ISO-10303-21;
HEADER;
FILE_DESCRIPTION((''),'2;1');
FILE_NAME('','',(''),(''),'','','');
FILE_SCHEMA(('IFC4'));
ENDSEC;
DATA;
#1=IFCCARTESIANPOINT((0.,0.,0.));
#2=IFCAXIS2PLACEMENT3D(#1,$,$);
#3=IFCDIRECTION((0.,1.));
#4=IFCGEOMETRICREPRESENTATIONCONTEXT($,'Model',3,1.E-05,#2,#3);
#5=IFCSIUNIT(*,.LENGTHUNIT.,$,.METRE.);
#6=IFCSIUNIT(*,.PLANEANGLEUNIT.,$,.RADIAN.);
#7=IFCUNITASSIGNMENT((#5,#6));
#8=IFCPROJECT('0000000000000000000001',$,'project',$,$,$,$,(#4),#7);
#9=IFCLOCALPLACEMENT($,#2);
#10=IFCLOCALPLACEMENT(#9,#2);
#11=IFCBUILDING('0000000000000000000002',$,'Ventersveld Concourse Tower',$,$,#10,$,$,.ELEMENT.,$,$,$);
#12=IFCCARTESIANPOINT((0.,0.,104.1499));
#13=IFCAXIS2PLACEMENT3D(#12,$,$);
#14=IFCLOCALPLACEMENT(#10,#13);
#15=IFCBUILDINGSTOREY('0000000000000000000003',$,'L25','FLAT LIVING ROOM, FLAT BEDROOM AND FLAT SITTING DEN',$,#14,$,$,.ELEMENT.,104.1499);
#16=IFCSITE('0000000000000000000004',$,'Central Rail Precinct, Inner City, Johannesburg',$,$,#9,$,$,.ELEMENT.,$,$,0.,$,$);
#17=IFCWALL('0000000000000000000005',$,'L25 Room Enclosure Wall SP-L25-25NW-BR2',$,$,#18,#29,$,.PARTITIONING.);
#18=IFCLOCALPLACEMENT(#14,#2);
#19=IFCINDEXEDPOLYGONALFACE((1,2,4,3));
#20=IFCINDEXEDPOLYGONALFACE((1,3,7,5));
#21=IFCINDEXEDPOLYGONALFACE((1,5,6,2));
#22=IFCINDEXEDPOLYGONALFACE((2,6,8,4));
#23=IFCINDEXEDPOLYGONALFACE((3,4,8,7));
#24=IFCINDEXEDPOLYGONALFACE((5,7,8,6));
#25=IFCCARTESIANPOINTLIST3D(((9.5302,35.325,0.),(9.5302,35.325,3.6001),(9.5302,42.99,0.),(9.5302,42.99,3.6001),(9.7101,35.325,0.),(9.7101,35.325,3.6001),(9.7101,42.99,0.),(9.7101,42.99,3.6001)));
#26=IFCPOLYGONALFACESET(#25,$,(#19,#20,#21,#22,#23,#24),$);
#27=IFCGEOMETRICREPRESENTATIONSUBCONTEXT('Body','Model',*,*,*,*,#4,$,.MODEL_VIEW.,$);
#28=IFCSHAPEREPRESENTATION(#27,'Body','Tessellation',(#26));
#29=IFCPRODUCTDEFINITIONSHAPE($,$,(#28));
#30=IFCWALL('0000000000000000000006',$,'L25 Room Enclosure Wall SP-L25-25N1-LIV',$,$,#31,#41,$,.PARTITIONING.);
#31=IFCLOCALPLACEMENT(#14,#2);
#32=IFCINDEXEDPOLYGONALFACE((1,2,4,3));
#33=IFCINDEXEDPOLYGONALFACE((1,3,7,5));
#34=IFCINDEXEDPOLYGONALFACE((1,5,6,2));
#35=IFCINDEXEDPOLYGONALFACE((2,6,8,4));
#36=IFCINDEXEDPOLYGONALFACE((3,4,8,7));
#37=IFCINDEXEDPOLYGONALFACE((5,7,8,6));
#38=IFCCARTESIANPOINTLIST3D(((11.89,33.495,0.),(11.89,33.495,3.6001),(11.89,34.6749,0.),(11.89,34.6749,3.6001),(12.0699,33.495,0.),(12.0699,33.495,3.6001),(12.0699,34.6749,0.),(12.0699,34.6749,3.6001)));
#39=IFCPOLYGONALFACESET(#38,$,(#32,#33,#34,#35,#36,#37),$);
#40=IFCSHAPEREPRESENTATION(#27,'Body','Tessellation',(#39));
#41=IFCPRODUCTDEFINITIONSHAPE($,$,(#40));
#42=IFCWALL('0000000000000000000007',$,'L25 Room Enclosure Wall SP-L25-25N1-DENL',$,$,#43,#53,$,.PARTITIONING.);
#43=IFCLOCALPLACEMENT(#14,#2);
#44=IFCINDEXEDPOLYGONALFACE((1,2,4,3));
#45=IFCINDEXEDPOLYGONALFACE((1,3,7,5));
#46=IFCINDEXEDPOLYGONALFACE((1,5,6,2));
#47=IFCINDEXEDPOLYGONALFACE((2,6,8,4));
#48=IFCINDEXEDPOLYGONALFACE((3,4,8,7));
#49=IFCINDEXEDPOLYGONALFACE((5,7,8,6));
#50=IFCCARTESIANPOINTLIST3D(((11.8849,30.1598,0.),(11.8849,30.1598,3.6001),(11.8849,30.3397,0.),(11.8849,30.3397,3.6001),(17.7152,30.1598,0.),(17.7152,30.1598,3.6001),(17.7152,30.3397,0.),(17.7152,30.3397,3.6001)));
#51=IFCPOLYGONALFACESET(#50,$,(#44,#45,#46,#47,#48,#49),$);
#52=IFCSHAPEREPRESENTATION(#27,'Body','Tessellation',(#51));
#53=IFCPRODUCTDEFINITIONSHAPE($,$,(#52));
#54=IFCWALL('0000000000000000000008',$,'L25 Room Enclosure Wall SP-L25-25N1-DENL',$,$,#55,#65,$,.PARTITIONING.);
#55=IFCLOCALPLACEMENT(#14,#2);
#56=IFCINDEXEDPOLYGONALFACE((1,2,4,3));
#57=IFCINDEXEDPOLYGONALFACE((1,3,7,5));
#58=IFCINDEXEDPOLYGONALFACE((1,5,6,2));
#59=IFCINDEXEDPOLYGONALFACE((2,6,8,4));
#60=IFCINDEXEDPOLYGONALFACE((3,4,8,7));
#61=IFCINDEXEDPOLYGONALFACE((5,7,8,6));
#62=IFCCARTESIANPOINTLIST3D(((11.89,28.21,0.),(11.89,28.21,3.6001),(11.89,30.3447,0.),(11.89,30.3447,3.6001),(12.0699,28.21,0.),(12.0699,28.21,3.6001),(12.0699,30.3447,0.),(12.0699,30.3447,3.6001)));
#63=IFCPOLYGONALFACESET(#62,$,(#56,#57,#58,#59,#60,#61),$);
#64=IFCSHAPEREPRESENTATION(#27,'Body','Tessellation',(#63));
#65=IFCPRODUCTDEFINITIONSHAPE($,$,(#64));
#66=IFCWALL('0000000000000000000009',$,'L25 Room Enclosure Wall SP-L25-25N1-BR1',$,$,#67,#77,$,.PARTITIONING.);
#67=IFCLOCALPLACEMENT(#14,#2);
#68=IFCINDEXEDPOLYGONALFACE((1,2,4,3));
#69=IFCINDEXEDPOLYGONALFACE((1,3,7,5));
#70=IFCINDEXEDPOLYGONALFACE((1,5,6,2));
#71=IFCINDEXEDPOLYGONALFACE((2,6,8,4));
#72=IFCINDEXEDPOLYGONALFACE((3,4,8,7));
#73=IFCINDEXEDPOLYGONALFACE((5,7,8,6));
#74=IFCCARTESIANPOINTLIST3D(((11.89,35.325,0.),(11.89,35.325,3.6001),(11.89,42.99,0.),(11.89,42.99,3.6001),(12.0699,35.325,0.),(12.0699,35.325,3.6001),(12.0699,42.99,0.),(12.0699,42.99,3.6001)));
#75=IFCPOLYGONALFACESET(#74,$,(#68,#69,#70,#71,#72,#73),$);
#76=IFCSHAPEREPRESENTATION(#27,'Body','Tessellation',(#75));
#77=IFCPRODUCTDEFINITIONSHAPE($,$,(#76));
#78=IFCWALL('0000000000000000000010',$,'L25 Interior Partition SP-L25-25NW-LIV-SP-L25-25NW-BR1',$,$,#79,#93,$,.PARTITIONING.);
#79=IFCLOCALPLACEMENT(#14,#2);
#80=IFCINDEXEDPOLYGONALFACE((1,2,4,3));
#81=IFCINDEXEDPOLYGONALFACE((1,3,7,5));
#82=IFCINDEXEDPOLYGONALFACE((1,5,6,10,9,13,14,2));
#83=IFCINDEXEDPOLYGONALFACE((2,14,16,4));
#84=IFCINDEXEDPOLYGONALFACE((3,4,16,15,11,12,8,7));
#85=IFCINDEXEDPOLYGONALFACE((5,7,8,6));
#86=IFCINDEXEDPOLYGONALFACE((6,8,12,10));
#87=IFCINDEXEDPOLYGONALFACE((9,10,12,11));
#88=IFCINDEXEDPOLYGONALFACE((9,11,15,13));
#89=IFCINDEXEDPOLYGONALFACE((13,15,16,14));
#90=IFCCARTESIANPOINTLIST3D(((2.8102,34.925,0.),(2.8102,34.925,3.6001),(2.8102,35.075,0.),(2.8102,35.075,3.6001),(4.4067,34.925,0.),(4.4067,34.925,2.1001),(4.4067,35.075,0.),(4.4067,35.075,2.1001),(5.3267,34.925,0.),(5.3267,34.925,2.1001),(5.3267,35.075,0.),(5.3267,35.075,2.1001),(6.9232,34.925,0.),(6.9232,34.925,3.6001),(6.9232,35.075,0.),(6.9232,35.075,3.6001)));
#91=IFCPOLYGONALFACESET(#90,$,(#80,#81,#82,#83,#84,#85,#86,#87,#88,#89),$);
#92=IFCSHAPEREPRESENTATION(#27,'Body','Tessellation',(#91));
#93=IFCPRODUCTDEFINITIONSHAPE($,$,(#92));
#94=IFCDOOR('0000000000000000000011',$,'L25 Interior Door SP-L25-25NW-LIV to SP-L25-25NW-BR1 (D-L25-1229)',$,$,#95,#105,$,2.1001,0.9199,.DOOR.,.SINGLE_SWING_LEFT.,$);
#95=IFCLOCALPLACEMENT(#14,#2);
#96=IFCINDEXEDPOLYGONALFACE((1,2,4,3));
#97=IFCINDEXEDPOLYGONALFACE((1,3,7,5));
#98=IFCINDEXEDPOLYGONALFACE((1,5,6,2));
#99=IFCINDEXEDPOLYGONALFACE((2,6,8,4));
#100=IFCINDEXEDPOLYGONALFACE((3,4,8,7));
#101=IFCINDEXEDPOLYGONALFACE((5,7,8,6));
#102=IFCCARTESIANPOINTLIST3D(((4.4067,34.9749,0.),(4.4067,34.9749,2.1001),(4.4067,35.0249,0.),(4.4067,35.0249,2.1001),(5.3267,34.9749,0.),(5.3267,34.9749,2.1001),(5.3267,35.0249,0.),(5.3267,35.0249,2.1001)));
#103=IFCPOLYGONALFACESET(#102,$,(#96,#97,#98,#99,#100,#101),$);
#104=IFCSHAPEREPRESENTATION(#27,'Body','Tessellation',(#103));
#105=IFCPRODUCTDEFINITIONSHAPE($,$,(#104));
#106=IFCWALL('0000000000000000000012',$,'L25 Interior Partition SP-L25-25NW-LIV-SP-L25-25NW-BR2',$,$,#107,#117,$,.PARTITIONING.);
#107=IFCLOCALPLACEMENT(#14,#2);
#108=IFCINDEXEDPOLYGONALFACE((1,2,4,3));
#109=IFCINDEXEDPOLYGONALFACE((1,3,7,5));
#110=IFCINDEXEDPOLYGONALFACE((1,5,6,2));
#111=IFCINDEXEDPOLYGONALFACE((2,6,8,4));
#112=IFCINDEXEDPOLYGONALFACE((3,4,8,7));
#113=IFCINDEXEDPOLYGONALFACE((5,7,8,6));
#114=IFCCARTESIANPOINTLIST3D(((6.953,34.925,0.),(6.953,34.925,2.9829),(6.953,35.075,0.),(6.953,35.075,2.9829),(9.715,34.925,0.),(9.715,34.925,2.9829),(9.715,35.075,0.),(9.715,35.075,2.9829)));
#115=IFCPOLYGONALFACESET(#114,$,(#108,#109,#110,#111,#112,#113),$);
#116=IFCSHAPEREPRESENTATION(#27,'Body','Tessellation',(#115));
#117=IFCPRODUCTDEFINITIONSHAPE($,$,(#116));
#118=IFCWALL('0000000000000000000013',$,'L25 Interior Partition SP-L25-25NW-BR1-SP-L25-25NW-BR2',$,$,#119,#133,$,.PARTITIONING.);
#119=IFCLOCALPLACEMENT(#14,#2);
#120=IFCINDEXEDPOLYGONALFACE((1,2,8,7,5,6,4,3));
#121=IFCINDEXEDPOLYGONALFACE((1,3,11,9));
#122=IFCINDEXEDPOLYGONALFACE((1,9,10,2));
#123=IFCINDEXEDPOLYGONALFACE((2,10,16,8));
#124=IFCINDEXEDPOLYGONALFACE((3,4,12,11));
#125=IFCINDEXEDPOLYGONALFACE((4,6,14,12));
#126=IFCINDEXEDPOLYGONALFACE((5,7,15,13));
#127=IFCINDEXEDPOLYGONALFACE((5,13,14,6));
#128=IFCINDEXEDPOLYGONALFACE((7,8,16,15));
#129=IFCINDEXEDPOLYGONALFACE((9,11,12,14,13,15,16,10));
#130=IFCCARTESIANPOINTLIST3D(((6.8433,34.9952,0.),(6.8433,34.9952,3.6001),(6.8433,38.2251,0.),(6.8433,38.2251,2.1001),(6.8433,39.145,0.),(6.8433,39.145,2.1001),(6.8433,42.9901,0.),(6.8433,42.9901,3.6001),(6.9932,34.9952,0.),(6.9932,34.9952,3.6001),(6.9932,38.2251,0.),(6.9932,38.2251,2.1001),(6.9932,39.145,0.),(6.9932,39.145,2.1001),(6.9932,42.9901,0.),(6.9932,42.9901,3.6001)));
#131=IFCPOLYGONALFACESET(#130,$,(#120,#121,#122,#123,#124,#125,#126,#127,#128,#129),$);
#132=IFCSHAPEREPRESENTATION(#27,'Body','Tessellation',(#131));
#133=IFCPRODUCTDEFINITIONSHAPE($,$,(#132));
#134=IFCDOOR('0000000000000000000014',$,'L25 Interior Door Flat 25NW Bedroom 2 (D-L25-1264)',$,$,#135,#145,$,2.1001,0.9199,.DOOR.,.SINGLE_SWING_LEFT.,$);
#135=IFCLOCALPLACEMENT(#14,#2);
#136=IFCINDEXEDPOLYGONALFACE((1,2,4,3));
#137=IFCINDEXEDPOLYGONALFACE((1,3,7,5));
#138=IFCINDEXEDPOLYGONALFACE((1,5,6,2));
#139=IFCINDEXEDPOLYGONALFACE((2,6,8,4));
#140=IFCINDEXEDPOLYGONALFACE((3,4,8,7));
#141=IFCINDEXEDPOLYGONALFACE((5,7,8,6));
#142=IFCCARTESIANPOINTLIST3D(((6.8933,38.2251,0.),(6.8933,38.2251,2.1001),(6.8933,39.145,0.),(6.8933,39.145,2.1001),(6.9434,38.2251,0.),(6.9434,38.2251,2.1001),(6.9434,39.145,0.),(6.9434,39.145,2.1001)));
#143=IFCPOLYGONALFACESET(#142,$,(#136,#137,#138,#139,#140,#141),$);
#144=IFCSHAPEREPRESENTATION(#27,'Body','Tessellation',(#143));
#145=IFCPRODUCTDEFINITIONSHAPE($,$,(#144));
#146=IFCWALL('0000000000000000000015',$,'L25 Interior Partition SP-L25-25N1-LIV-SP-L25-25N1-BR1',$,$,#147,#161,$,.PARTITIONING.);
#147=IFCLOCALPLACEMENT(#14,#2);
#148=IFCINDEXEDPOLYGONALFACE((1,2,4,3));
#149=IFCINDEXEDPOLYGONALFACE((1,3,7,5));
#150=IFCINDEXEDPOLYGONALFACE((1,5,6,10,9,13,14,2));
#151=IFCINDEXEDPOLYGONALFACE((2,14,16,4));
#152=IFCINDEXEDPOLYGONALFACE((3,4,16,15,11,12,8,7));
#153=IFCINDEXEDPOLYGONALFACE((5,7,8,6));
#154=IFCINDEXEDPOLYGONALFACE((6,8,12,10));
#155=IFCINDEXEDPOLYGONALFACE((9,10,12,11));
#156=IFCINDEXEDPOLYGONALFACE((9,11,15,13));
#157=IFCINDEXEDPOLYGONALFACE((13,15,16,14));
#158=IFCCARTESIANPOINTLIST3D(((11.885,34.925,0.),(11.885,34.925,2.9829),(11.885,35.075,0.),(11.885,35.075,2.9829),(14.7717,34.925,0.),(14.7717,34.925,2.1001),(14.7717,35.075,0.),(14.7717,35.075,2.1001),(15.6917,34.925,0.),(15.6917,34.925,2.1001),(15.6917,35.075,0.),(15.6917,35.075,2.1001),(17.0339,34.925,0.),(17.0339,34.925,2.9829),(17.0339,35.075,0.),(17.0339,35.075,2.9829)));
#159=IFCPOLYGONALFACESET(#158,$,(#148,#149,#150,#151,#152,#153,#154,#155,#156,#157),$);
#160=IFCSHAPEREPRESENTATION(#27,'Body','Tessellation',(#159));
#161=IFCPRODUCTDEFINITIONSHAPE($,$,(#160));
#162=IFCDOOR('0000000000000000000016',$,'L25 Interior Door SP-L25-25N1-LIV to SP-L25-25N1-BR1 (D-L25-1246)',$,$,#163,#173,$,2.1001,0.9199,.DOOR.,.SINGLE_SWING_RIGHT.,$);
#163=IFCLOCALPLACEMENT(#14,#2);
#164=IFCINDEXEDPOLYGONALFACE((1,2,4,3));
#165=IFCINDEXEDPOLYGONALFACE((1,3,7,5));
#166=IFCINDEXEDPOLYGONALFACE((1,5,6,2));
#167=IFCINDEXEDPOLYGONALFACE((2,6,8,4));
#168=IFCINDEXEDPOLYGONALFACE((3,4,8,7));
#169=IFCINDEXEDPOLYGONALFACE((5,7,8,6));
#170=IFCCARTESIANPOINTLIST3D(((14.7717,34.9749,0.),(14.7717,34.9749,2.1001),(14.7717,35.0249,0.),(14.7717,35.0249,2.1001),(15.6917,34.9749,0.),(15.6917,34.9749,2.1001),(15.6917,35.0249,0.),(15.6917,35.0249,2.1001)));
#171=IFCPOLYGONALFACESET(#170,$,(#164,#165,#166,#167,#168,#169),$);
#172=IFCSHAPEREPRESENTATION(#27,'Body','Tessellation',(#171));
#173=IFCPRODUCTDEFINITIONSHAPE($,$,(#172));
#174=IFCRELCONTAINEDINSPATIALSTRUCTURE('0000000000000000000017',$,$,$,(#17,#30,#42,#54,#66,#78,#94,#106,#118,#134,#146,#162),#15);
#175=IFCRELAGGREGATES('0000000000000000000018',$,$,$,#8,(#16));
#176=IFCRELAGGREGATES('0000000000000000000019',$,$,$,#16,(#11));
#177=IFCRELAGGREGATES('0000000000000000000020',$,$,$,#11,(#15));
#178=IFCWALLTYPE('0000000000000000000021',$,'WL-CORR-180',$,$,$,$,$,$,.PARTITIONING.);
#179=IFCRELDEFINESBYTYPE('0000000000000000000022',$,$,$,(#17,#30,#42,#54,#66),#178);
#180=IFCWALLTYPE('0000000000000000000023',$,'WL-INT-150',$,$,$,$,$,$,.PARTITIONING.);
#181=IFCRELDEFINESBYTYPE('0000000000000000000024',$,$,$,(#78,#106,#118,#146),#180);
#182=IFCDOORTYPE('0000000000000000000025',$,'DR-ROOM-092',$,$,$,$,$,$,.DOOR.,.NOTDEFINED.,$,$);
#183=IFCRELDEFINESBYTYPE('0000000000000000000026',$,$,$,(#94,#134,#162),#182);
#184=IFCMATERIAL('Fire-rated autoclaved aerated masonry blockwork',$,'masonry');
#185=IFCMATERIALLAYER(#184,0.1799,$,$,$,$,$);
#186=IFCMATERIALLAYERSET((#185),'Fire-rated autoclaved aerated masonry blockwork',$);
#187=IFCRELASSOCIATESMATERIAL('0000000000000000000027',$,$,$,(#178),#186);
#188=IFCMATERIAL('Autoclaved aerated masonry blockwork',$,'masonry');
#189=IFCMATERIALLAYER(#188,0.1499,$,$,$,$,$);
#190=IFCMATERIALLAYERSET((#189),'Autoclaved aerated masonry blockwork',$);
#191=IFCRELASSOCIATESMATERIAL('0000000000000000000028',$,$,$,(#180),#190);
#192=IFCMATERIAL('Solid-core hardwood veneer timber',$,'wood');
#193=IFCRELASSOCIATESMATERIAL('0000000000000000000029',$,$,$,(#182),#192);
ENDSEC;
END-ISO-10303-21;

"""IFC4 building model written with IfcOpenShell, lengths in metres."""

from ifc_helpers import new_model, si_unit, direction, frame, frame_2d, origin, place, context, subcontext, project, spatial, rectangle, extrude, material, layer, layer_set, type_object, element, fill, save


model = new_model("IFC4")

# Units and contexts
model_context = context("Model", 3, precision=1e-05, world=origin(), true_north=direction((0.0, 1.0)))
body_context = subcontext(model_context, "Body", "Model", "MODEL_VIEW")
ifc_project = project(units=[si_unit("LENGTHUNIT", "METRE"), si_unit("PLANEANGLEUNIT", "RADIAN")], contexts=[model_context])

# Site, building, storey
site_placement = place(None, origin())
site = spatial("IfcSite", under=ifc_project, at=site_placement, Name="Central Rail Precinct, Inner City, Johannesburg", CompositionType="ELEMENT", RefElevation=0.0)
building_placement = place(site_placement, origin())
building = spatial("IfcBuilding", under=site, at=building_placement, Name="Ventersveld Concourse Tower", CompositionType="ELEMENT")
storey_placement = place(building_placement, frame((0.0, 0.0, 104.1499)))
storey = spatial("IfcBuildingStorey", under=building, at=storey_placement, Name="L25", Description="FLAT LIVING ROOM, FLAT BEDROOM AND FLAT SITTING DEN", CompositionType="ELEMENT", Elevation=104.1499)

# Walls
ifc_material_1 = material(Name="Fire-rated autoclaved aerated masonry blockwork", Category="masonry")
ifc_layer_1 = layer(ifc_material_1, 0.1799)
ifc_layer_set_1 = layer_set([ifc_layer_1], Name="Fire-rated autoclaved aerated masonry blockwork")
wall_type_1 = type_object("IfcWallType", Name="WL-CORR-180", PredefinedType="PARTITIONING", material=ifc_layer_set_1)
wall_1_placement = place(storey_placement, frame((9.6201, 42.99, 0.0), z_axis=(0.0, 0.0, 1.0), x_axis=(0.0, -1.0, 0.0)))
element("IfcWall", 1, at=wall_1_placement, inside=storey, type_object=wall_type_1, Name="L25 Room Enclosure Wall SP-L25-25NW-BR2", PredefinedType="PARTITIONING", context=body_context, shape_type="SweptSolid", body=[
    extrude(rectangle(XDim=7.665, YDim=0.1799, at=frame_2d((3.8325, 0.0))), origin(), (0.0, 0.0, 1.0), 3.6001),
])
wall_2_placement = place(storey_placement, frame((11.98, 33.4951, 0.0), z_axis=(0.0, 0.0, 1.0), x_axis=(0.0, 1.0, 0.0)))
element("IfcWall", 2, at=wall_2_placement, inside=storey, type_object=wall_type_1, Name="L25 Room Enclosure Wall SP-L25-25N1-LIV", PredefinedType="PARTITIONING", context=body_context, shape_type="SweptSolid", body=[
    extrude(rectangle(XDim=1.1799, YDim=0.1799, at=frame_2d((0.5898, 0.0))), origin(), (0.0, 0.0, 1.0), 3.6001),
])
wall_3_placement = place(storey_placement, frame((11.885, 30.2498, 0.0), z_axis=(0.0, 0.0, 1.0), x_axis=(1.0, 0.0, 0.0)))
element("IfcWall", 3, at=wall_3_placement, inside=storey, type_object=wall_type_1, Name="L25 Room Enclosure Wall SP-L25-25N1-DENL", PredefinedType="PARTITIONING", context=body_context, shape_type="SweptSolid", body=[
    extrude(rectangle(XDim=5.8303, YDim=0.1799, at=frame_2d((2.915, 0.0))), origin(), (0.0, 0.0, 1.0), 3.6001),
])
wall_4_placement = place(storey_placement, frame((11.98, 28.21, 0.0), z_axis=(0.0, 0.0, 1.0), x_axis=(0.0, 1.0, 0.0)))
element("IfcWall", 4, at=wall_4_placement, inside=storey, type_object=wall_type_1, Name="L25 Room Enclosure Wall SP-L25-25N1-DENL", PredefinedType="PARTITIONING", context=body_context, shape_type="SweptSolid", body=[
    extrude(rectangle(XDim=2.1348, YDim=0.1799, at=frame_2d((1.0674, 0.0))), origin(), (0.0, 0.0, 1.0), 3.6001),
])
wall_5_placement = place(storey_placement, frame((11.98, 35.325, 0.0), z_axis=(0.0, 0.0, 1.0), x_axis=(0.0, 1.0, 0.0)))
element("IfcWall", 5, at=wall_5_placement, inside=storey, type_object=wall_type_1, Name="L25 Room Enclosure Wall SP-L25-25N1-BR1", PredefinedType="PARTITIONING", context=body_context, shape_type="SweptSolid", body=[
    extrude(rectangle(XDim=7.665, YDim=0.1799, at=frame_2d((3.8325, 0.0))), origin(), (0.0, 0.0, 1.0), 3.6001),
])

# Wall, opening, door
ifc_material_2 = material(Name="Autoclaved aerated masonry blockwork", Category="masonry")
ifc_layer_2 = layer(ifc_material_2, 0.1499)
ifc_layer_set_2 = layer_set([ifc_layer_2], Name="Autoclaved aerated masonry blockwork")
wall_type_2 = type_object("IfcWallType", Name="WL-INT-150", PredefinedType="PARTITIONING", material=ifc_layer_set_2)
wall_6_placement = place(storey_placement, frame((2.8101, 35.0, 0.0), z_axis=(0.0, 0.0, 1.0), x_axis=(1.0, 0.0, 0.0)))
wall_6 = element("IfcWall", 6, at=wall_6_placement, inside=storey, type_object=wall_type_2, Name="L25 Interior Partition SP-L25-25NW-LIV-SP-L25-25NW-BR1", PredefinedType="PARTITIONING", context=body_context, shape_type="SweptSolid", body=[
    extrude(rectangle(XDim=4.113, YDim=0.1499, at=frame_2d((2.0566, 0.0))), origin(), (0.0, 0.0, 1.0), 3.6001),
])
opening_1_placement = place(wall_6_placement, frame((1.5967, 0.0, 0.0)))
opening_1 = element("IfcOpeningElement", 7, at=opening_1_placement, cuts=wall_6, PredefinedType="OPENING", context=body_context, shape_type="SweptSolid", body=[
    extrude(rectangle(XDim=0.9199, YDim=2.1001, at=frame_2d((0.46, 1.05))), frame((0.0, 0.085, 0.0), z_axis=(0.0, -1.0, 0.0), x_axis=(1.0, 0.0, 0.0)), (0.0, 0.0, 1.0), 0.1699),
])
ifc_material_3 = material(Name="Solid-core hardwood veneer timber", Category="wood")
door_type_1 = type_object("IfcDoorType", Name="DR-ROOM-092", OperationType="NOTDEFINED", PredefinedType="DOOR", material=ifc_material_3)
door_1_placement = place(opening_1_placement, origin())
door_1 = element("IfcDoor", 8, at=door_1_placement, inside=storey, type_object=door_type_1, Name="L25 Interior Door SP-L25-25NW-LIV to SP-L25-25NW-BR1 (D-L25-1229)", OperationType="SINGLE_SWING_LEFT", OverallHeight=2.1001, OverallWidth=0.9199, PredefinedType="DOOR", context=body_context, shape_type="SweptSolid", body=[
    extrude(rectangle(XDim=0.9199, YDim=2.1001, at=frame_2d((0.46, 1.05))), frame((0.0, 0.0249, 0.0), z_axis=(0.0, -1.0, 0.0), x_axis=(1.0, 0.0, 0.0)), (0.0, 0.0, 1.0), 0.05),
])
fill(opening_1, door_1)

# Wall
wall_7_placement = place(storey_placement, frame((6.9531, 35.0, 0.0), z_axis=(0.0, 0.0, 1.0), x_axis=(1.0, 0.0, 0.0)))
element("IfcWall", 9, at=wall_7_placement, inside=storey, type_object=wall_type_2, Name="L25 Interior Partition SP-L25-25NW-LIV-SP-L25-25NW-BR2", PredefinedType="PARTITIONING", context=body_context, shape_type="SweptSolid", body=[
    extrude(rectangle(XDim=2.762, YDim=0.1499, at=frame_2d((1.3809, 0.0))), origin(), (0.0, 0.0, 1.0), 2.9829),
])

# Walls, openings, doors
wall_8_placement = place(storey_placement, frame((6.9182, 34.9951, 0.0), z_axis=(0.0, 0.0, 1.0), x_axis=(0.0, 1.0, 0.0)))
wall_8 = element("IfcWall", 10, at=wall_8_placement, inside=storey, type_object=wall_type_2, Name="L25 Interior Partition SP-L25-25NW-BR1-SP-L25-25NW-BR2", PredefinedType="PARTITIONING", context=body_context, shape_type="SweptSolid", body=[
    extrude(rectangle(XDim=7.9949, YDim=0.1499, at=frame_2d((3.9976, 0.0))), origin(), (0.0, 0.0, 1.0), 3.6001),
])
opening_2_placement = place(wall_8_placement, frame((3.23, 0.0, 0.0)))
opening_2 = element("IfcOpeningElement", 11, at=opening_2_placement, cuts=wall_8, PredefinedType="OPENING", context=body_context, shape_type="SweptSolid", body=[
    extrude(rectangle(XDim=0.9199, YDim=2.1001, at=frame_2d((0.46, 1.05))), frame((0.0, 0.085, 0.0), z_axis=(0.0, -1.0, 0.0), x_axis=(1.0, 0.0, 0.0)), (0.0, 0.0, 1.0), 0.1699),
])
door_2_placement = place(opening_2_placement, origin())
door_2 = element("IfcDoor", 12, at=door_2_placement, inside=storey, type_object=door_type_1, Name="L25 Interior Door Flat 25NW Bedroom 2 (D-L25-1264)", OperationType="SINGLE_SWING_LEFT", OverallHeight=2.1001, OverallWidth=0.9199, PredefinedType="DOOR", context=body_context, shape_type="SweptSolid", body=[
    extrude(rectangle(XDim=0.9199, YDim=2.1001, at=frame_2d((0.46, 1.05))), frame((0.0, 0.0249, 0.0), z_axis=(0.0, -1.0, 0.0), x_axis=(1.0, 0.0, 0.0)), (0.0, 0.0, 1.0), 0.05),
])
fill(opening_2, door_2)
wall_9_placement = place(storey_placement, frame((11.885, 35.0, 0.0), z_axis=(0.0, 0.0, 1.0), x_axis=(1.0, 0.0, 0.0)))
wall_9 = element("IfcWall", 13, at=wall_9_placement, inside=storey, type_object=wall_type_2, Name="L25 Interior Partition SP-L25-25N1-LIV-SP-L25-25N1-BR1", PredefinedType="PARTITIONING", context=body_context, shape_type="SweptSolid", body=[
    extrude(rectangle(XDim=5.1489, YDim=0.1499, at=frame_2d((2.5745, 0.0))), origin(), (0.0, 0.0, 1.0), 2.9829),
])
opening_3_placement = place(wall_9_placement, frame((2.8867, 0.0, 0.0)))
opening_3 = element("IfcOpeningElement", 14, at=opening_3_placement, cuts=wall_9, PredefinedType="OPENING", context=body_context, shape_type="SweptSolid", body=[
    extrude(rectangle(XDim=0.9199, YDim=2.1001, at=frame_2d((0.46, 1.05))), frame((0.0, 0.085, 0.0), z_axis=(0.0, -1.0, 0.0), x_axis=(1.0, 0.0, 0.0)), (0.0, 0.0, 1.0), 0.1699),
])
door_3_placement = place(opening_3_placement, origin())
door_3 = element("IfcDoor", 15, at=door_3_placement, inside=storey, type_object=door_type_1, Name="L25 Interior Door SP-L25-25N1-LIV to SP-L25-25N1-BR1 (D-L25-1246)", OperationType="SINGLE_SWING_RIGHT", OverallHeight=2.1001, OverallWidth=0.9199, PredefinedType="DOOR", context=body_context, shape_type="SweptSolid", body=[
    extrude(rectangle(XDim=0.9199, YDim=2.1001, at=frame_2d((0.46, 1.05))), frame((0.0, 0.0249, 0.0), z_axis=(0.0, -1.0, 0.0), x_axis=(1.0, 0.0, 0.0)), (0.0, 0.0, 1.0), 0.05),
])
fill(opening_3, door_3)

save(model, "model.ifc")
